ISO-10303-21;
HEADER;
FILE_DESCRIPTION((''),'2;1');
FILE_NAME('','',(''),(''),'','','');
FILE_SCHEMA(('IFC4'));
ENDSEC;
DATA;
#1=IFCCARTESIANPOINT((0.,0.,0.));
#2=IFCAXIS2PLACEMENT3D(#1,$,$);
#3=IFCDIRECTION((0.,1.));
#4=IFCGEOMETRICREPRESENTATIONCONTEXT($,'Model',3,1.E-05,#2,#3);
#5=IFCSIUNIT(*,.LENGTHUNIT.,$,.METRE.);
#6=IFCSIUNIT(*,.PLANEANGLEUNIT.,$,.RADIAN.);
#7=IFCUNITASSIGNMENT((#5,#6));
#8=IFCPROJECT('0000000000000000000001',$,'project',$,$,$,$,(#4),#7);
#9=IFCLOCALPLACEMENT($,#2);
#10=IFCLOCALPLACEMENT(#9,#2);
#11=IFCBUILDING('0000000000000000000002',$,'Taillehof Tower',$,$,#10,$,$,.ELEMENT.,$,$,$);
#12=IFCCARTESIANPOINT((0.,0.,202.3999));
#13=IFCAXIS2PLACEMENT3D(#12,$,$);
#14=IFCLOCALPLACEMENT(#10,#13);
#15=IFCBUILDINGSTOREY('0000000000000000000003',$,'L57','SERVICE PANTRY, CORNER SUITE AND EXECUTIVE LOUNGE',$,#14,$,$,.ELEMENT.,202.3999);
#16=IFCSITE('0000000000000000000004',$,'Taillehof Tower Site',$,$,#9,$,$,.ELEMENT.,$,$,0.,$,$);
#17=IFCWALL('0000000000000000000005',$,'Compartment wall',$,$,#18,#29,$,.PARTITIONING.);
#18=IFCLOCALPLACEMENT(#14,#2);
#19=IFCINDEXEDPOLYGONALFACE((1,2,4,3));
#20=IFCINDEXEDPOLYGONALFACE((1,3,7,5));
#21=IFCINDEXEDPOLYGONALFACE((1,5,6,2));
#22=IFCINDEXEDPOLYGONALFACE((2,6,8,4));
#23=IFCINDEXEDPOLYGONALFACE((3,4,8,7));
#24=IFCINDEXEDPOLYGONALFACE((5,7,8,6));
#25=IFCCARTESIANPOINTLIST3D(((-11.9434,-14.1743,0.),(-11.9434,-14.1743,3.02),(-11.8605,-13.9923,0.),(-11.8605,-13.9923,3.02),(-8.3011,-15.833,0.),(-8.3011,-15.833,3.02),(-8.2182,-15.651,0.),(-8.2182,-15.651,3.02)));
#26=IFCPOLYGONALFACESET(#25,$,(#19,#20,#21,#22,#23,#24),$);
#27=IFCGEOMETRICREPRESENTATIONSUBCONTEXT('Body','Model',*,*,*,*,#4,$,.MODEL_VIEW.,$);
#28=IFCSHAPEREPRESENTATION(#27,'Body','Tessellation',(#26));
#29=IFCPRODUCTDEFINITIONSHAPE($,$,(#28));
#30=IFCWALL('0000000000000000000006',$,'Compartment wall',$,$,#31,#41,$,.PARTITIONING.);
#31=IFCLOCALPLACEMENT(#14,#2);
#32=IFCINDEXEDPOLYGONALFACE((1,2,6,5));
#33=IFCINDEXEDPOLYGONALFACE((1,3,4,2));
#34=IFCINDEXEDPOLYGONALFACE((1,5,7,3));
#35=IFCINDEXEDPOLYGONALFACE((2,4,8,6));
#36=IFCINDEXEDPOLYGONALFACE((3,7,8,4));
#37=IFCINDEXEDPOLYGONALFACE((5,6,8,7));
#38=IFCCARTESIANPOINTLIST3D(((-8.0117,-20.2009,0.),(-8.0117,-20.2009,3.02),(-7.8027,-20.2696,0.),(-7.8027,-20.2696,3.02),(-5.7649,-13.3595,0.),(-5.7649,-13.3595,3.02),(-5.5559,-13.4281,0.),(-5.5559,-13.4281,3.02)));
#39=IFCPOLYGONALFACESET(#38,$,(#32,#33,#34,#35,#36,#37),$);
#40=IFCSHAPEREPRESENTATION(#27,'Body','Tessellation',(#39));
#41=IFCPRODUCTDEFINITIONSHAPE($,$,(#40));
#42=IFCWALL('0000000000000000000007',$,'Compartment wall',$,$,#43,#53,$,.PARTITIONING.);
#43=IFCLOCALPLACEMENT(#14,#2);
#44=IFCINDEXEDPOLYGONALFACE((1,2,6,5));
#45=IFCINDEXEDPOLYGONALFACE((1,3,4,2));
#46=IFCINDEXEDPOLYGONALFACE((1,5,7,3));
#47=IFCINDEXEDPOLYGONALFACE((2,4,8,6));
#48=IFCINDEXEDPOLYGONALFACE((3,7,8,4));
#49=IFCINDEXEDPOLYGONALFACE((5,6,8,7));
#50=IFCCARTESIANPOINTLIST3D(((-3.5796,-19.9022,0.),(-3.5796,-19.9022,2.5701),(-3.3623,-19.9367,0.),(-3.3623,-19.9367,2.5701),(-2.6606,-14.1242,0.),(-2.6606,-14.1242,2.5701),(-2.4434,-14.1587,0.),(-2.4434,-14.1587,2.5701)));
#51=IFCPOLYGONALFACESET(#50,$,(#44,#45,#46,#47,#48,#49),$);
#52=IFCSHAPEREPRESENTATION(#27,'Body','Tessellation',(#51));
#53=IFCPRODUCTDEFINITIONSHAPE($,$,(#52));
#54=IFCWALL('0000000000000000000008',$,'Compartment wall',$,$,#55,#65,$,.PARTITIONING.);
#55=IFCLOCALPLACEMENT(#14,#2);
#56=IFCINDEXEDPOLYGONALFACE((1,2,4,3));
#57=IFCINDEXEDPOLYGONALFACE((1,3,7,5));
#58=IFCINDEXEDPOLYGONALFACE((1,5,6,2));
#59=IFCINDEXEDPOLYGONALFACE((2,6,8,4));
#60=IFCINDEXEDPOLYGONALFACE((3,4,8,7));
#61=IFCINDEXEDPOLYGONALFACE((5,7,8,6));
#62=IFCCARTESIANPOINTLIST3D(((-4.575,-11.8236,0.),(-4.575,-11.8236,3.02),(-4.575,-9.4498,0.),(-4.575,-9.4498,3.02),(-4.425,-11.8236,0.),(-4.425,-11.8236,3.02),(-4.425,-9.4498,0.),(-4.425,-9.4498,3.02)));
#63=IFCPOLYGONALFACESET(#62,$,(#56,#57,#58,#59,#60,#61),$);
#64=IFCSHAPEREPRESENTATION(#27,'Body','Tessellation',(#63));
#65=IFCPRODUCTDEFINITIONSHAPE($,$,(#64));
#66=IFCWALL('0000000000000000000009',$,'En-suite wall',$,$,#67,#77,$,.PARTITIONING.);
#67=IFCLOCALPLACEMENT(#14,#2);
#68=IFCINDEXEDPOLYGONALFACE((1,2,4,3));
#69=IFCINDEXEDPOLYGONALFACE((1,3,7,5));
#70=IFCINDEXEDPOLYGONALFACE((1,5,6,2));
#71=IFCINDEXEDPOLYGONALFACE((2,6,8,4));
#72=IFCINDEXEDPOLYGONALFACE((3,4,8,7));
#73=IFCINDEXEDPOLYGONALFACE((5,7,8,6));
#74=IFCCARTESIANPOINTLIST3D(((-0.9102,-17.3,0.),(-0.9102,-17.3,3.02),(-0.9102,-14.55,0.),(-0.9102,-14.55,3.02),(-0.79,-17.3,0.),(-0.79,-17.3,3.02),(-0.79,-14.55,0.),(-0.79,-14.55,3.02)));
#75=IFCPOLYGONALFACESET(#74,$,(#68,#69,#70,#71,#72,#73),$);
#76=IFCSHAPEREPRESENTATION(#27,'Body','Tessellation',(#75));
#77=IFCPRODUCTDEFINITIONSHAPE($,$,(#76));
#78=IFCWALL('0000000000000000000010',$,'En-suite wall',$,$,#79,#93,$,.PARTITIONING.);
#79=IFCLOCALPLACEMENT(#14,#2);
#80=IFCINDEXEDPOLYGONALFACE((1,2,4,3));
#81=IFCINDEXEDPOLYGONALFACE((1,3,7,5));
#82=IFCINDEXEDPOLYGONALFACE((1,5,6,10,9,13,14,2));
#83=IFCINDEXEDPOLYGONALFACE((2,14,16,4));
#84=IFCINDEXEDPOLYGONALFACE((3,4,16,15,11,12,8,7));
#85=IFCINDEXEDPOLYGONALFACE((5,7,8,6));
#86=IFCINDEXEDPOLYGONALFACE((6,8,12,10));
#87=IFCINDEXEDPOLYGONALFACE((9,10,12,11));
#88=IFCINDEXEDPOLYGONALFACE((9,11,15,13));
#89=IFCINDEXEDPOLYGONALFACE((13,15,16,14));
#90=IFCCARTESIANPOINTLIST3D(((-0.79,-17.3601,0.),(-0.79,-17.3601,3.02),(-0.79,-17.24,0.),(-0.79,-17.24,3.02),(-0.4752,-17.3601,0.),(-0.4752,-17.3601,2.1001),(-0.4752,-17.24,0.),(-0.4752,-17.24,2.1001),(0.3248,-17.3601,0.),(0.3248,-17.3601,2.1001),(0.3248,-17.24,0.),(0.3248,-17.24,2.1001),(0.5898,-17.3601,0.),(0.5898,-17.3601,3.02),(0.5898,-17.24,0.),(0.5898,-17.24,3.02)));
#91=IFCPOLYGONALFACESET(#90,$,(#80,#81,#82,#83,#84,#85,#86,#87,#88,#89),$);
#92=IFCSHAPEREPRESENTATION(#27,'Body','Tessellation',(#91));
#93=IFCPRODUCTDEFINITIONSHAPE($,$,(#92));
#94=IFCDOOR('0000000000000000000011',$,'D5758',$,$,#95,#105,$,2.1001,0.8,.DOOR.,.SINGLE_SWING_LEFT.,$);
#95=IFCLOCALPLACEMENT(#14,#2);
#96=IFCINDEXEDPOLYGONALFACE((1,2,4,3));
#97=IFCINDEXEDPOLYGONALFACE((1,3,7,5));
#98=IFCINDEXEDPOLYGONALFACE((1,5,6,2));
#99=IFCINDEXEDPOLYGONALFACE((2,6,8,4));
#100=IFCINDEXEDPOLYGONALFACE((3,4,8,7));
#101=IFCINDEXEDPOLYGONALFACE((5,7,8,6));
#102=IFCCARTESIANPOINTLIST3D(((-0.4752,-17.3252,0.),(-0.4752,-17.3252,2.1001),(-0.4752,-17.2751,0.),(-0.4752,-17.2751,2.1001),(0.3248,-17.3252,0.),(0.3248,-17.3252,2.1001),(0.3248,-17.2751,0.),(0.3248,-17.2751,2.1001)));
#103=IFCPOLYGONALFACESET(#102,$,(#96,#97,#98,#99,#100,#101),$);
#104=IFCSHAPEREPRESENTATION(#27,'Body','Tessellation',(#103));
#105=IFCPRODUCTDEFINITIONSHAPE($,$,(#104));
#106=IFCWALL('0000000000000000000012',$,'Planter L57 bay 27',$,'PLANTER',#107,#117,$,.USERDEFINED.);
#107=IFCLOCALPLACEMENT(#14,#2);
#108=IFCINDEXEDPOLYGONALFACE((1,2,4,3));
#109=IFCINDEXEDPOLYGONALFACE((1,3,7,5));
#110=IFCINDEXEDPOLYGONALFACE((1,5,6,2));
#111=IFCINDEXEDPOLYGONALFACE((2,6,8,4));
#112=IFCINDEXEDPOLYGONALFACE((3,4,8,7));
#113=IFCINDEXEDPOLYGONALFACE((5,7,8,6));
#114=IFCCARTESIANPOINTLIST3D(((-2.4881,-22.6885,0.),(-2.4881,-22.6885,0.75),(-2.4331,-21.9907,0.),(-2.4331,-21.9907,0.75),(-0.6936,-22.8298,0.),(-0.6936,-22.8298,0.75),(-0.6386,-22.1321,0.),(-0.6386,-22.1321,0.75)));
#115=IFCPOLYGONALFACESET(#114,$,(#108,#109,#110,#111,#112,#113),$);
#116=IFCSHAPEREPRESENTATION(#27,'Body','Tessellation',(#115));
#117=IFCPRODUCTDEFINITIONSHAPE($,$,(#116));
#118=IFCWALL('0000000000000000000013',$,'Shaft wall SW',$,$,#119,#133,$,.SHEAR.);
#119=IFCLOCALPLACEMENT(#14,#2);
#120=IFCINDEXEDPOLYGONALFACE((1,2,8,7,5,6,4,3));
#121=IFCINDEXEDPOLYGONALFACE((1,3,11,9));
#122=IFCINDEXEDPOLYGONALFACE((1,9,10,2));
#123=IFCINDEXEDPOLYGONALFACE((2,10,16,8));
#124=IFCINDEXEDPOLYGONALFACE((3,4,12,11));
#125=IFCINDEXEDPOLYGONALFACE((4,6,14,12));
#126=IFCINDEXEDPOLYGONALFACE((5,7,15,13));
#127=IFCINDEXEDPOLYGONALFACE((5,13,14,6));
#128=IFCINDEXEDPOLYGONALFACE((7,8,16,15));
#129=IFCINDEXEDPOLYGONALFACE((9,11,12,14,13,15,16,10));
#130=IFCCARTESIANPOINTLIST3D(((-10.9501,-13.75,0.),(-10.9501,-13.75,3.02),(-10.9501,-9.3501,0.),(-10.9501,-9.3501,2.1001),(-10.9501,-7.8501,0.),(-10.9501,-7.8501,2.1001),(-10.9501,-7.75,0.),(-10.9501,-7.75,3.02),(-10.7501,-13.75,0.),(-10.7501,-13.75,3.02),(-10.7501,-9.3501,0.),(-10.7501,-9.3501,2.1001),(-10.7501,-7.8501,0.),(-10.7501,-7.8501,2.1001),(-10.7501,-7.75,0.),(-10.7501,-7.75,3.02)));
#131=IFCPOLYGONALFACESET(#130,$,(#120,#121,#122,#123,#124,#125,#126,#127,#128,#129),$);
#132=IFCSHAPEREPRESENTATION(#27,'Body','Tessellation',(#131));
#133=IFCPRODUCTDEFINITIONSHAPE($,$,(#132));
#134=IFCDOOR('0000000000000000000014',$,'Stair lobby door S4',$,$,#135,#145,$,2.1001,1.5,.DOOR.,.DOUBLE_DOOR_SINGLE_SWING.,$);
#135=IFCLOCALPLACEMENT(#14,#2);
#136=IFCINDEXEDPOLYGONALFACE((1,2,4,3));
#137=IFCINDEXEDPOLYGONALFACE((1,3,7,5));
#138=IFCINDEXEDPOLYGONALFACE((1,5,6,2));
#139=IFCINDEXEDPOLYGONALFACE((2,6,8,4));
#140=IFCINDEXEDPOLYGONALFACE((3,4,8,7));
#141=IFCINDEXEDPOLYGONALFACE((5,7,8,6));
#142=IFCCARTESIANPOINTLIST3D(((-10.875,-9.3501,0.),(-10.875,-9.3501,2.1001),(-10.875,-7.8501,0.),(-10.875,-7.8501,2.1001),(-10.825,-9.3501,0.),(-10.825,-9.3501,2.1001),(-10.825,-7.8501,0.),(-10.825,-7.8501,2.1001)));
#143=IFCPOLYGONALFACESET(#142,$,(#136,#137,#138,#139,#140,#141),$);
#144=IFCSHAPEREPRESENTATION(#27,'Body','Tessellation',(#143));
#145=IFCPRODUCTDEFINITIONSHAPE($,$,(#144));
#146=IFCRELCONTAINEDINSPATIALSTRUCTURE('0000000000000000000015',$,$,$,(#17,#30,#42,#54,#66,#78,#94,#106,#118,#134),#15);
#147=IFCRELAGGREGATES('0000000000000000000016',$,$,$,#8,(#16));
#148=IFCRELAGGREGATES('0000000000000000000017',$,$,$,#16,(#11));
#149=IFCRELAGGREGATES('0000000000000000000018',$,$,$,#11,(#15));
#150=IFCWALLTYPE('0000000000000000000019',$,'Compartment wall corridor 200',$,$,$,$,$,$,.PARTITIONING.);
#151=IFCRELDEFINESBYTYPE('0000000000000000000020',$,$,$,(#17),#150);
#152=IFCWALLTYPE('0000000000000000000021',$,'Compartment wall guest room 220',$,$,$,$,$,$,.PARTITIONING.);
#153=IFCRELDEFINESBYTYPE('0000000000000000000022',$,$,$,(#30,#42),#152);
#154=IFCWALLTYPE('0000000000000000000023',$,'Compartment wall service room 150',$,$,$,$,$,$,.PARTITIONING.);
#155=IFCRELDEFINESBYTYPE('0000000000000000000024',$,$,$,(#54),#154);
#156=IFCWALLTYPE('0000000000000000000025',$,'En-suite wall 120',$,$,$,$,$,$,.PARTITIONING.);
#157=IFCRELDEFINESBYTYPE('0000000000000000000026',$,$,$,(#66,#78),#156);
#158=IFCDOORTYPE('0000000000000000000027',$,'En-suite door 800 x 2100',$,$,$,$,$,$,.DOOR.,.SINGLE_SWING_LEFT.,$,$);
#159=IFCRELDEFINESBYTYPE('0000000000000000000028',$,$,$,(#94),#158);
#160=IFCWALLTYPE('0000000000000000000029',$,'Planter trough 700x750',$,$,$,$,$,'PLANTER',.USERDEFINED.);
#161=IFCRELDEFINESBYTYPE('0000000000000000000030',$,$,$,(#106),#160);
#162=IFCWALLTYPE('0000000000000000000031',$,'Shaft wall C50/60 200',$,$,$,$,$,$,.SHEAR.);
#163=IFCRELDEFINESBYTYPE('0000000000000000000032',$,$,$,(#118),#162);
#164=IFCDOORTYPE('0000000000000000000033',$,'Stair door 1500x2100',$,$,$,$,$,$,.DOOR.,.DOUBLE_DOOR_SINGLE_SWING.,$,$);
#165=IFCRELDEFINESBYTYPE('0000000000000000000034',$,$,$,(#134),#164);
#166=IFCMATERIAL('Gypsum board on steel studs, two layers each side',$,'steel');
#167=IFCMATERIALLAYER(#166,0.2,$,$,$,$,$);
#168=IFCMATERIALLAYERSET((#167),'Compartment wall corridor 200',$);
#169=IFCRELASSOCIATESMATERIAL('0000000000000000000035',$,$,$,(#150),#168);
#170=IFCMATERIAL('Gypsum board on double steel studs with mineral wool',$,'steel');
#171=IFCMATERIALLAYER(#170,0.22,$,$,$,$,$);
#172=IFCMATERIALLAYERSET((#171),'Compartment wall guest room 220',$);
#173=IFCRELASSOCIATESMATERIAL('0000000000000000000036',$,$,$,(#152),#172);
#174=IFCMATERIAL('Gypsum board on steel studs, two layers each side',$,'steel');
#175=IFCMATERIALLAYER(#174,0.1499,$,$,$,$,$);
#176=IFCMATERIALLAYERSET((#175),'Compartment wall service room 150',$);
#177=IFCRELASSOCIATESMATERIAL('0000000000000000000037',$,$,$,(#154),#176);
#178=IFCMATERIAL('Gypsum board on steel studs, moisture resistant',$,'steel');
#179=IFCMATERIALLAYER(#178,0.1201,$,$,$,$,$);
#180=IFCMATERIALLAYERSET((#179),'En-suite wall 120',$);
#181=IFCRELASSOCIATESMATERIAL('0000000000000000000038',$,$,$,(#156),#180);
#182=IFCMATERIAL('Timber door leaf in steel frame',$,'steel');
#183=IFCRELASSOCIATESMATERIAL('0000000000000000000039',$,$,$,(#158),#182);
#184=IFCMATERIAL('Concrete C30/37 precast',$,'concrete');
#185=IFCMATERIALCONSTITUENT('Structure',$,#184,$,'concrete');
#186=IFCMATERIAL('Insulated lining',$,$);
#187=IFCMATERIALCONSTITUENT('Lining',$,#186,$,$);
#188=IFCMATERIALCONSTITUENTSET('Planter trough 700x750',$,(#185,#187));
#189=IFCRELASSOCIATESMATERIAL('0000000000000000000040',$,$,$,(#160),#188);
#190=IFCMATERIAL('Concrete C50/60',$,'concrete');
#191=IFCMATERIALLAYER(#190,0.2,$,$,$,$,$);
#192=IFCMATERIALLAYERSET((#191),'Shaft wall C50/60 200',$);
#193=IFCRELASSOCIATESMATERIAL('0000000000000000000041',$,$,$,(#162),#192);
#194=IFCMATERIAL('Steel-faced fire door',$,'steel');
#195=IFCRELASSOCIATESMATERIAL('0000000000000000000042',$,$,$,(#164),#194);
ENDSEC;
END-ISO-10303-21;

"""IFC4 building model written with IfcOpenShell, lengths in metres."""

from ifc_helpers import new_model, si_unit, direction, frame, frame_2d, origin, place, context, subcontext, project, spatial, rectangle, extrude, material, layer, layer_set, constituent, constituent_set, type_object, element, fill, save


model = new_model("IFC4")

# Units and contexts
model_context = context("Model", 3, precision=1e-05, world=origin(), true_north=direction((0.0, 1.0)))
body_context = subcontext(model_context, "Body", "Model", "MODEL_VIEW")
ifc_project = project(units=[si_unit("LENGTHUNIT", "METRE"), si_unit("PLANEANGLEUNIT", "RADIAN")], contexts=[model_context])

# Site, building, storey
site_placement = place(None, origin())
site = spatial("IfcSite", under=ifc_project, at=site_placement, Name="Taillehof Tower Site", CompositionType="ELEMENT", RefElevation=0.0)
building_placement = place(site_placement, origin())
building = spatial("IfcBuilding", under=site, at=building_placement, Name="Taillehof Tower", CompositionType="ELEMENT")
storey_placement = place(building_placement, frame((0.0, 0.0, 202.3999)))
storey = spatial("IfcBuildingStorey", under=building, at=storey_placement, Name="L57", Description="SERVICE PANTRY, CORNER SUITE AND EXECUTIVE LOUNGE", CompositionType="ELEMENT", Elevation=202.3999)

# Walls
ifc_material_1 = material(Name="Gypsum board on steel studs, two layers each side", Category="steel")
ifc_layer_1 = layer(ifc_material_1, 0.2)
ifc_layer_set_1 = layer_set([ifc_layer_1], Name="Compartment wall corridor 200")
wall_type_1 = type_object("IfcWallType", Name="Compartment wall corridor 200", PredefinedType="PARTITIONING", material=ifc_layer_set_1)
wall_1_placement = place(storey_placement, frame((-8.2598, -15.7419, 0.0), z_axis=(0.0, 0.0, 1.0), x_axis=(-0.910076, 0.414442, 0.0)))
element("IfcWall", 1, at=wall_1_placement, inside=storey, type_object=wall_type_1, Name="Compartment wall", PredefinedType="PARTITIONING", context=body_context, shape_type="SweptSolid", body=[
    extrude(rectangle(XDim=4.0022, YDim=0.2, at=frame_2d((2.001, 0.0))), origin(), (0.0, 0.0, 1.0), 3.02),
])
ifc_material_2 = material(Name="Gypsum board on double steel studs with mineral wool", Category="steel")
ifc_layer_2 = layer(ifc_material_2, 0.22)
ifc_layer_set_2 = layer_set([ifc_layer_2], Name="Compartment wall guest room 220")
wall_type_2 = type_object("IfcWallType", Name="Compartment wall guest room 220", PredefinedType="PARTITIONING", material=ifc_layer_set_2)
wall_2_placement = place(storey_placement, frame((-7.9072, -20.2354, 0.0), z_axis=(0.0, 0.0, 1.0), x_axis=(0.312014, 0.950078, 0.0)))
element("IfcWall", 2, at=wall_2_placement, inside=storey, type_object=wall_type_2, Name="Compartment wall", PredefinedType="PARTITIONING", context=body_context, shape_type="SweptSolid", body=[
    extrude(rectangle(XDim=7.2009, YDim=0.22, at=frame_2d((3.6006, 0.0))), origin(), (0.0, 0.0, 1.0), 3.02),
])
wall_3_placement = place(storey_placement, frame((-3.4709, -19.9194, 0.0), z_axis=(0.0, 0.0, 1.0), x_axis=(0.157066, 0.987588, 0.0)))
element("IfcWall", 3, at=wall_3_placement, inside=storey, type_object=wall_type_2, Name="Compartment wall", PredefinedType="PARTITIONING", context=body_context, shape_type="SweptSolid", body=[
    extrude(rectangle(XDim=5.8506, YDim=0.22, at=frame_2d((2.9253, 0.0))), origin(), (0.0, 0.0, 1.0), 2.5701),
])
ifc_material_3 = material(Name="Gypsum board on steel studs, two layers each side", Category="steel")
ifc_layer_3 = layer(ifc_material_3, 0.1499)
ifc_layer_set_3 = layer_set([ifc_layer_3], Name="Compartment wall service room 150")
wall_type_3 = type_object("IfcWallType", Name="Compartment wall service room 150", PredefinedType="PARTITIONING", material=ifc_layer_set_3)
wall_4_placement = place(storey_placement, frame((-4.5, -11.8237, 0.0), z_axis=(0.0, 0.0, 1.0), x_axis=(0.0, 1.0, 0.0)))
element("IfcWall", 4, at=wall_4_placement, inside=storey, type_object=wall_type_3, Name="Compartment wall", PredefinedType="PARTITIONING", context=body_context, shape_type="SweptSolid", body=[
    extrude(rectangle(XDim=2.3738, YDim=0.1499, at=frame_2d((1.187, 0.0))), origin(), (0.0, 0.0, 1.0), 3.02),
])
ifc_material_4 = material(Name="Gypsum board on steel studs, moisture resistant", Category="steel")
ifc_layer_4 = layer(ifc_material_4, 0.1201)
ifc_layer_set_4 = layer_set([ifc_layer_4], Name="En-suite wall 120")
wall_type_4 = type_object("IfcWallType", Name="En-suite wall 120", PredefinedType="PARTITIONING", material=ifc_layer_set_4)
wall_5_placement = place(storey_placement, frame((-0.8501, -14.55, 0.0), z_axis=(0.0, 0.0, 1.0), x_axis=(0.0, -1.0, 0.0)))
element("IfcWall", 5, at=wall_5_placement, inside=storey, type_object=wall_type_4, Name="En-suite wall", PredefinedType="PARTITIONING", context=body_context, shape_type="SweptSolid", body=[
    extrude(rectangle(XDim=2.75, YDim=0.1201, at=frame_2d((1.375, 0.0))), origin(), (0.0, 0.0, 1.0), 3.02),
])

# Wall, opening, door
wall_6_placement = place(storey_placement, frame((-0.79, -17.3, 0.0), z_axis=(0.0, 0.0, 1.0), x_axis=(1.0, 0.0, 0.0)))
wall_6 = element("IfcWall", 6, at=wall_6_placement, inside=storey, type_object=wall_type_4, Name="En-suite wall", PredefinedType="PARTITIONING", context=body_context, shape_type="SweptSolid", body=[
    extrude(rectangle(XDim=1.3799, YDim=0.1201, at=frame_2d((0.6899, 0.0))), origin(), (0.0, 0.0, 1.0), 3.02),
])
opening_1_placement = place(wall_6_placement, frame((0.3149, 0.0, 0.0)))
opening_1 = element("IfcOpeningElement", 7, at=opening_1_placement, cuts=wall_6, PredefinedType="OPENING", context=body_context, shape_type="SweptSolid", body=[
    extrude(rectangle(XDim=0.8, YDim=2.1001, at=frame_2d((0.3999, 1.05))), frame((0.0, 0.0701, 0.0), z_axis=(0.0, -1.0, 0.0), x_axis=(1.0, 0.0, 0.0)), (0.0, 0.0, 1.0), 0.1401),
])
ifc_material_5 = material(Name="Timber door leaf in steel frame", Category="steel")
door_type_1 = type_object("IfcDoorType", Name="En-suite door 800 x 2100", OperationType="SINGLE_SWING_LEFT", PredefinedType="DOOR", material=ifc_material_5)
door_1_placement = place(opening_1_placement, origin())
door_1 = element("IfcDoor", 8, at=door_1_placement, inside=storey, type_object=door_type_1, Name="D5758", OperationType="SINGLE_SWING_LEFT", OverallHeight=2.1001, OverallWidth=0.8, PredefinedType="DOOR", context=body_context, shape_type="SweptSolid", body=[
    extrude(rectangle(XDim=0.8, YDim=2.1001, at=frame_2d((0.3999, 1.05))), frame((0.0, 0.0249, 0.0), z_axis=(0.0, -1.0, 0.0), x_axis=(1.0, 0.0, 0.0)), (0.0, 0.0, 1.0), 0.05),
])
fill(opening_1, door_1)

# Wall
ifc_material_6 = material(Name="Concrete C30/37 precast", Category="concrete")
ifc_constituent_1 = constituent(ifc_material_6, Name="Structure", Category="concrete")
ifc_material_7 = material(Name="Insulated lining")
ifc_constituent_2 = constituent(ifc_material_7, Name="Lining")
ifc_constituent_set = constituent_set(constituents=[ifc_constituent_1, ifc_constituent_2], Name="Planter trough 700x750")
wall_type_5 = type_object("IfcWallType", Name="Planter trough 700x750", ElementType="PLANTER", PredefinedType="USERDEFINED", material=ifc_constituent_set)
wall_7_placement = place(storey_placement, frame((-2.4604, -22.3396, 0.0), z_axis=(0.0, 0.0, 1.0), x_axis=(0.996912, -0.078532, 0.0)))
element("IfcWall", 9, at=wall_7_placement, inside=storey, type_object=wall_type_5, Name="Planter L57 bay 27", ObjectType="PLANTER", PredefinedType="USERDEFINED", context=body_context, shape_type="SweptSolid", body=[
    extrude(rectangle(XDim=1.8, YDim=0.7, at=frame_2d((0.8999, 0.0))), origin(), (0.0, 0.0, 1.0), 0.75),
])

# Wall, opening, door
ifc_material_8 = material(Name="Concrete C50/60", Category="concrete")
ifc_layer_5 = layer(ifc_material_8, 0.2)
ifc_layer_set_5 = layer_set([ifc_layer_5], Name="Shaft wall C50/60 200")
wall_type_6 = type_object("IfcWallType", Name="Shaft wall C50/60 200", PredefinedType="SHEAR", material=ifc_layer_set_5)
wall_8_placement = place(storey_placement, frame((-10.8501, -13.75, 0.0), z_axis=(0.0, 0.0, 1.0), x_axis=(0.0, 1.0, 0.0)))
wall_8 = element("IfcWall", 10, at=wall_8_placement, inside=storey, type_object=wall_type_6, Name="Shaft wall SW", PredefinedType="SHEAR", context=body_context, shape_type="SweptSolid", body=[
    extrude(rectangle(XDim=6.0, YDim=0.2, at=frame_2d((3.0, 0.0))), origin(), (0.0, 0.0, 1.0), 3.02),
])
opening_2_placement = place(wall_8_placement, frame((4.3999, 0.0, 0.0)))
opening_2 = element("IfcOpeningElement", 11, at=opening_2_placement, cuts=wall_8, PredefinedType="OPENING", context=body_context, shape_type="SweptSolid", body=[
    extrude(rectangle(XDim=1.5, YDim=2.1001, at=frame_2d((0.75, 1.05))), frame((0.0, 0.1099, 0.0), z_axis=(0.0, -1.0, 0.0), x_axis=(1.0, 0.0, 0.0)), (0.0, 0.0, 1.0), 0.22),
])
ifc_material_9 = material(Name="Steel-faced fire door", Category="steel")
door_type_2 = type_object("IfcDoorType", Name="Stair door 1500x2100", OperationType="DOUBLE_DOOR_SINGLE_SWING", PredefinedType="DOOR", material=ifc_material_9)
door_2_placement = place(opening_2_placement, origin())
door_2 = element("IfcDoor", 12, at=door_2_placement, inside=storey, type_object=door_type_2, Name="Stair lobby door S4", OperationType="DOUBLE_DOOR_SINGLE_SWING", OverallHeight=2.1001, OverallWidth=1.5, PredefinedType="DOOR", context=body_context, shape_type="SweptSolid", body=[
    extrude(rectangle(XDim=1.5, YDim=2.1001, at=frame_2d((0.75, 1.05))), frame((0.0, 0.0249, 0.0), z_axis=(0.0, -1.0, 0.0), x_axis=(1.0, 0.0, 0.0)), (0.0, 0.0, 1.0), 0.05),
])
fill(opening_2, door_2)

save(model, "model.ifc")
